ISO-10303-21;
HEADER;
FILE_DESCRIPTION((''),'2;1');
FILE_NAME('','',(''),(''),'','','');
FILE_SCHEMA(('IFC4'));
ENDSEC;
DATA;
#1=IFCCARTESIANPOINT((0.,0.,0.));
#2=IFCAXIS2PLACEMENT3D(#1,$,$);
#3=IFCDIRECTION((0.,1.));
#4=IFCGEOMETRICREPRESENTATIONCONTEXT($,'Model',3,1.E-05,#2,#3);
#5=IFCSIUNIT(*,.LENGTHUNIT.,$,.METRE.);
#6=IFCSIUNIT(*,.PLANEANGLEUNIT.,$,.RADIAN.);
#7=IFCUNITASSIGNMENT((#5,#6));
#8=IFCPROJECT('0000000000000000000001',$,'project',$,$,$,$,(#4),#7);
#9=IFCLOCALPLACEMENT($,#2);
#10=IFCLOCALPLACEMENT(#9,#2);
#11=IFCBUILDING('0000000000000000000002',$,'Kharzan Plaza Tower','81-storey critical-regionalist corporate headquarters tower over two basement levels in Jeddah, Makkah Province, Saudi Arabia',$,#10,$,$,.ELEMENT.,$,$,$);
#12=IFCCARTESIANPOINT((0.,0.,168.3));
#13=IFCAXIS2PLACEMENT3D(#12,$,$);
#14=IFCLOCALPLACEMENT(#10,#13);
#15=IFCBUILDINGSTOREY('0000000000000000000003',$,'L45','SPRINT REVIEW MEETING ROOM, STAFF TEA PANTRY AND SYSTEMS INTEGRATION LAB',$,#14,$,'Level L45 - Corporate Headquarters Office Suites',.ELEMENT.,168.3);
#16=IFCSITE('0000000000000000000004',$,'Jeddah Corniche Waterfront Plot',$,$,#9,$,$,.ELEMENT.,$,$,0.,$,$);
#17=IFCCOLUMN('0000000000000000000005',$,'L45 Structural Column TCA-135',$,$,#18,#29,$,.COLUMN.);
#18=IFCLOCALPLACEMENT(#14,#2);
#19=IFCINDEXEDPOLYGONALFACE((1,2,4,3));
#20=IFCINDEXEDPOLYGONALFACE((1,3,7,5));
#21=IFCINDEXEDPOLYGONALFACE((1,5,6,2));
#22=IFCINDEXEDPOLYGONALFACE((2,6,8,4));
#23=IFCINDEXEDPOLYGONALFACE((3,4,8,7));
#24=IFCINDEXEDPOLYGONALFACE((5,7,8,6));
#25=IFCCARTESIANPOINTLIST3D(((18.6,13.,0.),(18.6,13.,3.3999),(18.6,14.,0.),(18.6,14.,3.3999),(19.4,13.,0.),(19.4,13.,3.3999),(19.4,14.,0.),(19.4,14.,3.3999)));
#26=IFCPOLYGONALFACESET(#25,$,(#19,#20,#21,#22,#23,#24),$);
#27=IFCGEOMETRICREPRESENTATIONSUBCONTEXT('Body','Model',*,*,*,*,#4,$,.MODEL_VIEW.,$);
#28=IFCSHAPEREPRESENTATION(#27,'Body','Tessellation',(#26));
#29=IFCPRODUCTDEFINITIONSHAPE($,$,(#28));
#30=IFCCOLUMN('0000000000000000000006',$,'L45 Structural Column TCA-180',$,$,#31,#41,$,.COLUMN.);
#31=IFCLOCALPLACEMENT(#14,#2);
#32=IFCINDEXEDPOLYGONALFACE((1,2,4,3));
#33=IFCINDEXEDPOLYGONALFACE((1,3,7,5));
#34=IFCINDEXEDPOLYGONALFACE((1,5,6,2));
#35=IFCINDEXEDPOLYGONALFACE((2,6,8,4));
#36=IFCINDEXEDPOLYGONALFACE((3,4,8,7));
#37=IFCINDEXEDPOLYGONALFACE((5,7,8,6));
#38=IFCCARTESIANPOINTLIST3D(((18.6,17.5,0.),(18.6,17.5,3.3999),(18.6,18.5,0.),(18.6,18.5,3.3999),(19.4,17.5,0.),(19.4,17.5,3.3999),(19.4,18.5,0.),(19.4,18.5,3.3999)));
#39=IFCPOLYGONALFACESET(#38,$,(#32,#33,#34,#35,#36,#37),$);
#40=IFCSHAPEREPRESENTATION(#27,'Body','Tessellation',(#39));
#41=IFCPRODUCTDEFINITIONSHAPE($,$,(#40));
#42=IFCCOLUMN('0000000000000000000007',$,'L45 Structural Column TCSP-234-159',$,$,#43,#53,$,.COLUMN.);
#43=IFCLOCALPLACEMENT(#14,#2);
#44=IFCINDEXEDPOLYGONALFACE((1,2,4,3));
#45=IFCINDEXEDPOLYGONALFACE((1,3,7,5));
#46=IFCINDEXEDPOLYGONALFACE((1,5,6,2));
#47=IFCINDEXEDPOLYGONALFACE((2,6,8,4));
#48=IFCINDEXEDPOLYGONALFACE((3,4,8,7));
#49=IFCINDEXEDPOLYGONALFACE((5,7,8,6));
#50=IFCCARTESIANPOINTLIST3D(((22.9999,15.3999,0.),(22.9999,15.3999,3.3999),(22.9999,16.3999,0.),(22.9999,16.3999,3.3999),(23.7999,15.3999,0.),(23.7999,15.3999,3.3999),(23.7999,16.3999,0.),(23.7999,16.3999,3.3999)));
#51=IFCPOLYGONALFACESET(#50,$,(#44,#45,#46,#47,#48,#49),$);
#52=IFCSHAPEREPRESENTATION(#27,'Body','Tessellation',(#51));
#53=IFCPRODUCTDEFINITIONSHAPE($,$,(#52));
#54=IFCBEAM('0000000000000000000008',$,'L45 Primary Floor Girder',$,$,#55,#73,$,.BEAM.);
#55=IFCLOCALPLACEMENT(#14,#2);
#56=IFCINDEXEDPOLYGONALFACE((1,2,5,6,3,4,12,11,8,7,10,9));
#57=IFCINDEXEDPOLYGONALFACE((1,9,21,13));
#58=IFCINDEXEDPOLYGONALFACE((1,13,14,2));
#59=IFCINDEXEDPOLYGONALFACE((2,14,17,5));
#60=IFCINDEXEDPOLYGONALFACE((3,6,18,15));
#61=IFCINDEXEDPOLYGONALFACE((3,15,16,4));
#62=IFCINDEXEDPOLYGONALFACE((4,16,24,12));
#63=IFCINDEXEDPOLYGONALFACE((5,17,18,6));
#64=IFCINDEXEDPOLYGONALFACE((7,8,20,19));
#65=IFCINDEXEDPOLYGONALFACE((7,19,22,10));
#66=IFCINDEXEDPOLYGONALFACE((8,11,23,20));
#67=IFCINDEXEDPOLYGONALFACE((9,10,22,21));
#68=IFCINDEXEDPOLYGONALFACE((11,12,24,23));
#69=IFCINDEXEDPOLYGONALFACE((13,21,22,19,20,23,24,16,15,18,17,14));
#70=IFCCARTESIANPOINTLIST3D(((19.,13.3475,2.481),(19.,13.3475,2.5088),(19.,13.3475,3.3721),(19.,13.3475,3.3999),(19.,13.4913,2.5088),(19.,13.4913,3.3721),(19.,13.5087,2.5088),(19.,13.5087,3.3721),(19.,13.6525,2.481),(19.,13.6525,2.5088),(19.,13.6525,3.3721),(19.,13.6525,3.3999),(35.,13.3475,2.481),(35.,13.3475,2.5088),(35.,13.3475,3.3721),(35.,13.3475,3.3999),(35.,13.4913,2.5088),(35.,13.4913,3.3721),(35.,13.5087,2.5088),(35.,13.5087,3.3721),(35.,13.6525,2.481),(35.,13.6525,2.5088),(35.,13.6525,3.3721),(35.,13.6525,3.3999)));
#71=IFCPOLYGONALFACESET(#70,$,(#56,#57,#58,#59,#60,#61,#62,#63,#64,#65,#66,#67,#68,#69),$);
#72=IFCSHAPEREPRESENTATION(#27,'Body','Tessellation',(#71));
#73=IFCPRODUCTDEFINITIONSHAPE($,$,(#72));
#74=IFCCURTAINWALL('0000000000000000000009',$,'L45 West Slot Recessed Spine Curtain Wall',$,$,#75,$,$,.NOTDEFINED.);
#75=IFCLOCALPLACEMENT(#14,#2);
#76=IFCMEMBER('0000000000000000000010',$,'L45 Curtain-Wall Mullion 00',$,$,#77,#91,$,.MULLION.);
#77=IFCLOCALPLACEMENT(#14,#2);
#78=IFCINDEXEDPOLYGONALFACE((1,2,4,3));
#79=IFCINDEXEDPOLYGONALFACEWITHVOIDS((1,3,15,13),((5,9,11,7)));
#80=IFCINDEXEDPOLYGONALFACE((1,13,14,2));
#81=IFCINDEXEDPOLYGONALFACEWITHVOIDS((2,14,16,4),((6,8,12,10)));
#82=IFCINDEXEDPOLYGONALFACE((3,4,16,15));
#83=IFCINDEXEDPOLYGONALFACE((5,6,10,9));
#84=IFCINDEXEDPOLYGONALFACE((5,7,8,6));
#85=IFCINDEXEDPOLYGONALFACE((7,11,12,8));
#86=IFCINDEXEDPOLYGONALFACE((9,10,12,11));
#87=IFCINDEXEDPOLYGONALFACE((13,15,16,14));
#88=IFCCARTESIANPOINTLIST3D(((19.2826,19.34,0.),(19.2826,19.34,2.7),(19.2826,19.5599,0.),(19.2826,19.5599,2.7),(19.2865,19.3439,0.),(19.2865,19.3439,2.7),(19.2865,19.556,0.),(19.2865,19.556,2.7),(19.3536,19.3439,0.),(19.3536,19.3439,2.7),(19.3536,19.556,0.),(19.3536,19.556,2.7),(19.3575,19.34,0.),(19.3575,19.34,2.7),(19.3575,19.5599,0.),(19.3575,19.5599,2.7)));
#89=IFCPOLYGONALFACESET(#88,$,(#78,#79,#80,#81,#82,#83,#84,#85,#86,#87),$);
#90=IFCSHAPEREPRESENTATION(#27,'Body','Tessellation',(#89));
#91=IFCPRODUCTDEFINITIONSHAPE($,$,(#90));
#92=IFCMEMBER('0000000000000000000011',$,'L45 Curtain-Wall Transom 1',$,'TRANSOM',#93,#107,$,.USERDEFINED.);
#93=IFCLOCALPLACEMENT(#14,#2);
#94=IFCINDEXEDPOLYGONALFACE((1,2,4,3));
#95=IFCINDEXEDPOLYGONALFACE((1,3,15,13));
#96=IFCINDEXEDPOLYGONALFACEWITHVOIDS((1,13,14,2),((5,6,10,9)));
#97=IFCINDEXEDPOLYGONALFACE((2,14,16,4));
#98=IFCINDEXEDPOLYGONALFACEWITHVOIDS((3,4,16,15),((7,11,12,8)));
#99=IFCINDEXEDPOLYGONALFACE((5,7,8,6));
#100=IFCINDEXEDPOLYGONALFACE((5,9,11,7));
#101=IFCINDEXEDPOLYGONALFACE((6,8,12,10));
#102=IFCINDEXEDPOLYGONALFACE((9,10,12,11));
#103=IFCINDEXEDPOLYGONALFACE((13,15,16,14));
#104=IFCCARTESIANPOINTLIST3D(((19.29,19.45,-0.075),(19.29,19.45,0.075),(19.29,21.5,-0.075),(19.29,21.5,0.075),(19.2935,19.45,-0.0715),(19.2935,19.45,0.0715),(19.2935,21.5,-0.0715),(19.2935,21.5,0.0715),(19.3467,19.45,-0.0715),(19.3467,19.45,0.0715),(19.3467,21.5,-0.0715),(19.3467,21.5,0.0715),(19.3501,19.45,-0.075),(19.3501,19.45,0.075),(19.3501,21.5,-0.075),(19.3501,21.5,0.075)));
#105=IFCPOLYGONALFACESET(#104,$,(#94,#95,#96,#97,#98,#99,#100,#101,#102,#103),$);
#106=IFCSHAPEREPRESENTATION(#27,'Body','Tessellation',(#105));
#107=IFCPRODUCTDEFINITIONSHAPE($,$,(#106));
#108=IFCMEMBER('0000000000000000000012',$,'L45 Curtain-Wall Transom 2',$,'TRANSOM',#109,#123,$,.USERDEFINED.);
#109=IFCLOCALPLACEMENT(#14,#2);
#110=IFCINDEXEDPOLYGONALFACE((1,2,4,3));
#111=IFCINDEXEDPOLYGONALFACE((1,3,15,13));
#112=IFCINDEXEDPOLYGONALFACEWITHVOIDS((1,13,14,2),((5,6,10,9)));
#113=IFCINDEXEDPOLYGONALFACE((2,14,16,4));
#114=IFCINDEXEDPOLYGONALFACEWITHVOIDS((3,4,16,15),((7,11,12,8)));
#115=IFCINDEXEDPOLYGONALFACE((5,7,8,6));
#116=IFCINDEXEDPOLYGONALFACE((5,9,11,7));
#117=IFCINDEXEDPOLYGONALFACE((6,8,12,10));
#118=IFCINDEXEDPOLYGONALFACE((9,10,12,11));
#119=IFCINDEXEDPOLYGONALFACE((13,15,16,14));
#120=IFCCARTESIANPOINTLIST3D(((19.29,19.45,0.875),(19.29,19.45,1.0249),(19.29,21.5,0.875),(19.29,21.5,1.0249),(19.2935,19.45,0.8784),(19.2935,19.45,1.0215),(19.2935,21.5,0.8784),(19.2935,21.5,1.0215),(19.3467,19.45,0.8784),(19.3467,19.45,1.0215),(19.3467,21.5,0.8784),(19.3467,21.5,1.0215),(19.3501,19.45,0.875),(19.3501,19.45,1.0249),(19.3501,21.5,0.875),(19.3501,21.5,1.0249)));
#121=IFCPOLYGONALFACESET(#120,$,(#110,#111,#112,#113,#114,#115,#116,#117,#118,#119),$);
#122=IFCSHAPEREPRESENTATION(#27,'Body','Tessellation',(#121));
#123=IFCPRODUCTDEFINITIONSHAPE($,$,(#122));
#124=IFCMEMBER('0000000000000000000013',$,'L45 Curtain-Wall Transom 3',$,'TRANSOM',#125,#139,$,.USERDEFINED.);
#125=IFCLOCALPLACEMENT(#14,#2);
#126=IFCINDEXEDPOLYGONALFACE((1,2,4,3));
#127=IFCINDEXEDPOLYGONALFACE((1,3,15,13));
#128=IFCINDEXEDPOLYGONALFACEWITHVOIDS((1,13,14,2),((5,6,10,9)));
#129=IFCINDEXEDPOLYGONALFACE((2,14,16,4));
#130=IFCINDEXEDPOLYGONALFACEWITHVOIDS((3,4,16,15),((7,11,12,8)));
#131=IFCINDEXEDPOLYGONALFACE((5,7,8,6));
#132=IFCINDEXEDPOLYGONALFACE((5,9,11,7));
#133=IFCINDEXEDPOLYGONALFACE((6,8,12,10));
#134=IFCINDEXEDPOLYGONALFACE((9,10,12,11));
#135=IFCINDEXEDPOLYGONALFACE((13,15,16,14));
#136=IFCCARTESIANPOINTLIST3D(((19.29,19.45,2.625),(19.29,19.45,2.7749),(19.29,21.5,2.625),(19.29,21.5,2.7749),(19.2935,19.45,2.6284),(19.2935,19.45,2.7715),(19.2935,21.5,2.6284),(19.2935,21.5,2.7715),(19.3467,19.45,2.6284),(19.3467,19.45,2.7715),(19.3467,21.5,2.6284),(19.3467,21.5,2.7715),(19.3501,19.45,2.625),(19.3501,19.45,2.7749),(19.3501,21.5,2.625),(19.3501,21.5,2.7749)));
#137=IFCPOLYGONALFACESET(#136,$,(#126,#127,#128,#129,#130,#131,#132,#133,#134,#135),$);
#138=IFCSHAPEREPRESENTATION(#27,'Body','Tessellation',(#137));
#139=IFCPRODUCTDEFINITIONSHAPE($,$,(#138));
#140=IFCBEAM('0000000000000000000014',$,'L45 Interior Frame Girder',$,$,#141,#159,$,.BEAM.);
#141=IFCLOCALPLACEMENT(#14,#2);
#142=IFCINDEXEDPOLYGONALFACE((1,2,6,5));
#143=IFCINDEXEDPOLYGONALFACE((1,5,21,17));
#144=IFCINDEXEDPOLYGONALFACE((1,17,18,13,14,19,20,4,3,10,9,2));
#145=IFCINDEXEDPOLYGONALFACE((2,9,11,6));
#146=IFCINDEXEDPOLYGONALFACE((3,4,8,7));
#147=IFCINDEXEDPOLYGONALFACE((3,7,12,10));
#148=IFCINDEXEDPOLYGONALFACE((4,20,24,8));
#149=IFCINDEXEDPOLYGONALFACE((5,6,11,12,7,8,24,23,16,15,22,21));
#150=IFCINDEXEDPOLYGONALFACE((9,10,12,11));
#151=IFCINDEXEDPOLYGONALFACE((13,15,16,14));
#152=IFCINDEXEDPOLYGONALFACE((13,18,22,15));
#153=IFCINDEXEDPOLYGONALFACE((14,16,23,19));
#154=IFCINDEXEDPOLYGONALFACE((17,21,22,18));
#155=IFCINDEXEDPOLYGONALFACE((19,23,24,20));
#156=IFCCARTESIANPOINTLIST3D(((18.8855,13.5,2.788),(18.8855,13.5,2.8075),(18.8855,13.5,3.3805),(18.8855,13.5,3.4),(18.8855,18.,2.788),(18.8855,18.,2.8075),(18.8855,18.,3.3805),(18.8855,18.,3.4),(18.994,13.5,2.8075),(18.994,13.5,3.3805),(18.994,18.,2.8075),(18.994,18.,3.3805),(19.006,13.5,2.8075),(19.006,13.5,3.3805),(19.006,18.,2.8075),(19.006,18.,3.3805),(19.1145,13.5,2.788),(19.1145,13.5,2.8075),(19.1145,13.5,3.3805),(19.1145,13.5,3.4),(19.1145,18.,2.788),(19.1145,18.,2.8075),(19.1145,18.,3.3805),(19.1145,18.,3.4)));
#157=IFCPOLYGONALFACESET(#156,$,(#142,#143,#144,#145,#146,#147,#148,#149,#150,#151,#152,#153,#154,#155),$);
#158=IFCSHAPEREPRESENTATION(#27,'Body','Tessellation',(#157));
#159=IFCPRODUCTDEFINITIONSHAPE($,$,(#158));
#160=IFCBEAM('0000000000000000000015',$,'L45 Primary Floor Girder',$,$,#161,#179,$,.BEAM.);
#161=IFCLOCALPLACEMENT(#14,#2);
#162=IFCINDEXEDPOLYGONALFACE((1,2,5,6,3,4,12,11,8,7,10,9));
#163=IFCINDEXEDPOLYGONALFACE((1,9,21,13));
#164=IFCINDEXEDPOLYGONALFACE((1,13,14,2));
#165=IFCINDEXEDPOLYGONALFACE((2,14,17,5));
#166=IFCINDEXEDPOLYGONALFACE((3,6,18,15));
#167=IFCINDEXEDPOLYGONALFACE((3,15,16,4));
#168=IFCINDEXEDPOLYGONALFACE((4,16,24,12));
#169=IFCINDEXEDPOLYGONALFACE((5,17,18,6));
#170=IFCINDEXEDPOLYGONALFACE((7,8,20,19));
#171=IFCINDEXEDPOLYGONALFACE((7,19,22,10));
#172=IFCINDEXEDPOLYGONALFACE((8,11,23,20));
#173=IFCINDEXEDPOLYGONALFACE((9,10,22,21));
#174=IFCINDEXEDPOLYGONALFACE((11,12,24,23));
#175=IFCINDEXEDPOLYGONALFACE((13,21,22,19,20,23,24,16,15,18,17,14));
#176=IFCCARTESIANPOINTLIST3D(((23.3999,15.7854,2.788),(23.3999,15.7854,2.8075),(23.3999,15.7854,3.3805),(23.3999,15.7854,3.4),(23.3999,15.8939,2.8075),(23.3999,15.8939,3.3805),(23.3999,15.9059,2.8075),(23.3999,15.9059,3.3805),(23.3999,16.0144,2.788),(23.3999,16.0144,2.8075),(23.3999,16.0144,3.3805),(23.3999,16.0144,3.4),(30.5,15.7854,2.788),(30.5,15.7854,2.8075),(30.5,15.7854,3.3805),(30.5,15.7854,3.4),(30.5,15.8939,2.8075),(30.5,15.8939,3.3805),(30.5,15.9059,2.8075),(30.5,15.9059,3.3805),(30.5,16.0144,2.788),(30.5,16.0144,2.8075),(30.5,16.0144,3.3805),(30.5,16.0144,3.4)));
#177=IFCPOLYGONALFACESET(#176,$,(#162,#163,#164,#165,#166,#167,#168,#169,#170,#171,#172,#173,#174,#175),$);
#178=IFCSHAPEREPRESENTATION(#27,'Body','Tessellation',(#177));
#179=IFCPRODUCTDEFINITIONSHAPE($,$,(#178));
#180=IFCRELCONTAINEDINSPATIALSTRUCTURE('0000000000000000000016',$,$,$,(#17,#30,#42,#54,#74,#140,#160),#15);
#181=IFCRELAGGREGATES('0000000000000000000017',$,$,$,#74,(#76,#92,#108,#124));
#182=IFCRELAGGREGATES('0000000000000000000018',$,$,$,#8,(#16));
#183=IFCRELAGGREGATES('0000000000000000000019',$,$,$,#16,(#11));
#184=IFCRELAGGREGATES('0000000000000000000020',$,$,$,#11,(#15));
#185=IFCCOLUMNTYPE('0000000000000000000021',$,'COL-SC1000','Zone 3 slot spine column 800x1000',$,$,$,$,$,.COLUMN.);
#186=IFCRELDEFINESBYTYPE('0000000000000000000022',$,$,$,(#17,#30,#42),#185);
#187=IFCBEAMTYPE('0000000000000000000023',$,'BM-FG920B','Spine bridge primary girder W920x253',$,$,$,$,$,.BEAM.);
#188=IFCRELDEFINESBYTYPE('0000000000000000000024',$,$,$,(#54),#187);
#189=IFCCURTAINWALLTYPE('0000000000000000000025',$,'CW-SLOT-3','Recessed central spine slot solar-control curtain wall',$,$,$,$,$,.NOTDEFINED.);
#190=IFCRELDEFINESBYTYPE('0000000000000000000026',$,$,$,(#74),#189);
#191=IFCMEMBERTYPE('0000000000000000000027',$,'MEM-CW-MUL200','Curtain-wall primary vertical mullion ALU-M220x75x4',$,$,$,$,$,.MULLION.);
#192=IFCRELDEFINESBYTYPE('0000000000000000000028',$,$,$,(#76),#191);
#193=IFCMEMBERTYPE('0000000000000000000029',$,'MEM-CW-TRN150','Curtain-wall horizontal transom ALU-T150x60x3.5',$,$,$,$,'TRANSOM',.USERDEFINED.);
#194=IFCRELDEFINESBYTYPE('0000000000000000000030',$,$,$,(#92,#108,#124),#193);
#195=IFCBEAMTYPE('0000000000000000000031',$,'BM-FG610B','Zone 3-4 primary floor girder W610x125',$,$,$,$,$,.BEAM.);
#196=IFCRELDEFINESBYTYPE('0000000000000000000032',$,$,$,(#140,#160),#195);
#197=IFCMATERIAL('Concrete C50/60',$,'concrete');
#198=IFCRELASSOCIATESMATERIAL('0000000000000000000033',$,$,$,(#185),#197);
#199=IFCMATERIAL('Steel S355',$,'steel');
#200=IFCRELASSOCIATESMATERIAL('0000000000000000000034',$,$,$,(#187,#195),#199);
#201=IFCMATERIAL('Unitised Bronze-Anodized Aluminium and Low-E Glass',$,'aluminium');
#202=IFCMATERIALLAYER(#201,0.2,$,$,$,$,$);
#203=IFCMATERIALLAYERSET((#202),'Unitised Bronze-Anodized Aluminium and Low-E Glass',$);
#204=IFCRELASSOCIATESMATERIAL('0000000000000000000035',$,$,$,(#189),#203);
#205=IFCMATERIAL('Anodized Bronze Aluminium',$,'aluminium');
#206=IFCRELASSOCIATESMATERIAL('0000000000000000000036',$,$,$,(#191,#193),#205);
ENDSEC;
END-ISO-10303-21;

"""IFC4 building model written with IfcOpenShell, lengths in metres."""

from ifc_helpers import new_model, si_unit, direction, frame, origin, origin_2d, place, context, subcontext, project, spatial, rectangle, hollow_rectangle, i_section, extrude, source, transform, mapped, material, layer, layer_set, material_profile, profile_set, type_object, element, aggregate, save


model = new_model("IFC4")

# Units and contexts
model_context = context("Model", 3, precision=1e-05, world=origin(), true_north=direction((0.0, 1.0)))
body_context = subcontext(model_context, "Body", "Model", "MODEL_VIEW")
ifc_project = project(units=[si_unit("LENGTHUNIT", "METRE"), si_unit("PLANEANGLEUNIT", "RADIAN")], contexts=[model_context])

# Site, building, storey
site_placement = place(None, origin())
site = spatial("IfcSite", under=ifc_project, at=site_placement, Name="Jeddah Corniche Waterfront Plot", CompositionType="ELEMENT", RefElevation=0.0)
building_placement = place(site_placement, origin())
building = spatial("IfcBuilding", under=site, at=building_placement, Name="Kharzan Plaza Tower", Description="81-storey critical-regionalist corporate headquarters tower over two basement levels in Jeddah, Makkah Province, Saudi Arabia", CompositionType="ELEMENT")
storey_placement = place(building_placement, frame((0.0, 0.0, 168.3)))
storey = spatial("IfcBuildingStorey", under=building, at=storey_placement, Name="L45", Description="SPRINT REVIEW MEETING ROOM, STAFF TEA PANTRY AND SYSTEMS INTEGRATION LAB", LongName="Level L45 - Corporate Headquarters Office Suites", CompositionType="ELEMENT", Elevation=168.3)

# Columns
ifc_material_1 = material(Name="Concrete C50/60", Category="concrete")
ifc_material_profile_1 = material_profile(ifc_material_1, rectangle(XDim=0.8, YDim=1.0, at=origin_2d()), Name="RC-SC1000x800")
ifc_profile_set_1 = profile_set([ifc_material_profile_1], Name="Concrete C50/60")
column_type = type_object("IfcColumnType", Name="COL-SC1000", Description="Zone 3 slot spine column 800x1000", PredefinedType="COLUMN", material=ifc_profile_set_1)
shared_shape_1 = source(origin(), body_context, "Body", "SweptSolid", [
    extrude(rectangle(XDim=0.8, YDim=1.0, at=origin_2d()), origin(), (0.0, 0.0, 1.0), 3.3999),
])
for number, where, z_axis, x_axis, name in (
    (1, (19.0, 13.5, 0.0), (0.0, 0.0, 1.0), (1.0, 0.0, 0.0), "L45 Structural Column TCA-135"),
    (2, (19.0, 18.0, 0.0), (0.0, 0.0, 1.0), (1.0, 0.0, 0.0), "L45 Structural Column TCA-180"),
    (3, (23.3999, 15.8999, 0.0), (0.0, 0.0, 1.0), (1.0, 0.0, 0.0), "L45 Structural Column TCSP-234-159"),
):
    element("IfcColumn", number, at=place(storey_placement, frame(where, z_axis=z_axis, x_axis=x_axis)), inside=storey, type_object=column_type, Name=name, PredefinedType="COLUMN", context=body_context, shape_type="MappedRepresentation", body=[
        mapped(shared_shape_1, transform((0.0, 0.0, 0.0), x_axis=(1.0, 0.0, 0.0), y_axis=(0.0, 1.0, 0.0), z_axis=(0.0, 0.0, 1.0))),
    ])

# Beam
ifc_material_2 = material(Name="Steel S355", Category="steel")
ifc_material_profile_2 = material_profile(ifc_material_2, i_section(OverallWidth=0.3049, OverallDepth=0.9189, WebThickness=0.0173, FlangeThickness=0.0278, at=origin_2d()), Name="W920x253")
ifc_profile_set_2 = profile_set([ifc_material_profile_2], Name="Steel S355")
beam_type_1 = type_object("IfcBeamType", Name="BM-FG920B", Description="Spine bridge primary girder W920x253", PredefinedType="BEAM", material=ifc_profile_set_2)
shared_shape_2 = source(origin(), body_context, "Body", "SweptSolid", [
    extrude(i_section(OverallWidth=0.3049, OverallDepth=0.9189, WebThickness=0.0173, FlangeThickness=0.0278, at=origin_2d()), origin(), (0.0, 0.0, 1.0), 16.0),
])
beam_1_placement = place(storey_placement, frame((19.0, 13.5, 2.9404), z_axis=(1.0, 0.0, 0.0), x_axis=(0.0, 1.0, 0.0)))
element("IfcBeam", 4, at=beam_1_placement, inside=storey, type_object=beam_type_1, Name="L45 Primary Floor Girder", PredefinedType="BEAM", context=body_context, shape_type="MappedRepresentation", body=[
    mapped(shared_shape_2, transform((0.0, 0.0, 0.0), x_axis=(1.0, 0.0, 0.0), y_axis=(0.0, 1.0, 0.0), z_axis=(0.0, 0.0, 1.0))),
])

# Curtain wall, members
ifc_material_3 = material(Name="Unitised Bronze-Anodized Aluminium and Low-E Glass", Category="aluminium")
ifc_layer_1 = layer(ifc_material_3, 0.2)
ifc_layer_set_1 = layer_set([ifc_layer_1], Name="Unitised Bronze-Anodized Aluminium and Low-E Glass")
curtain_wall_type = type_object("IfcCurtainWallType", Name="CW-SLOT-3", Description="Recessed central spine slot solar-control curtain wall", PredefinedType="NOTDEFINED", material=ifc_layer_set_1)
curtain_wall_placement = place(storey_placement, origin())
curtain_wall = element("IfcCurtainWall", 5, at=curtain_wall_placement, inside=storey, type_object=curtain_wall_type, Name="L45 West Slot Recessed Spine Curtain Wall", PredefinedType="NOTDEFINED")
ifc_material_4 = material(Name="Anodized Bronze Aluminium", Category="aluminium")
ifc_material_profile_3 = material_profile(ifc_material_4, hollow_rectangle(XDim=0.075, YDim=0.22, WallThickness=0.0039, at=origin_2d()), Name="ALU-M220x75x4")
ifc_profile_set_3 = profile_set([ifc_material_profile_3], Name="Anodized Bronze Aluminium")
member_type_1 = type_object("IfcMemberType", Name="MEM-CW-MUL200", Description="Curtain-wall primary vertical mullion ALU-M220x75x4", PredefinedType="MULLION", material=ifc_profile_set_3)
shared_shape_3 = source(origin(), body_context, "Body", "SweptSolid", [
    extrude(hollow_rectangle(XDim=0.075, YDim=0.22, WallThickness=0.0039, at=origin_2d()), origin(), (0.0, 0.0, 1.0), 2.7),
])
member_1_placement = place(storey_placement, frame((19.3201, 19.45, 0.0), z_axis=(0.0, 0.0, 1.0), x_axis=(1.0, 0.0, 0.0)))
member_1 = element("IfcMember", 6, at=member_1_placement, type_object=member_type_1, Name="L45 Curtain-Wall Mullion 00", PredefinedType="MULLION", context=body_context, shape_type="MappedRepresentation", body=[
    mapped(shared_shape_3, transform((0.0, 0.0, 0.0), x_axis=(1.0, 0.0, 0.0), y_axis=(0.0, 1.0, 0.0), z_axis=(0.0, 0.0, 1.0))),
])
ifc_material_profile_4 = material_profile(ifc_material_4, hollow_rectangle(XDim=0.0601, YDim=0.1499, WallThickness=0.0034, at=origin_2d()), Name="ALU-T150x60x3.5")
ifc_profile_set_4 = profile_set([ifc_material_profile_4], Name="Anodized Bronze Aluminium")
member_type_2 = type_object("IfcMemberType", Name="MEM-CW-TRN150", Description="Curtain-wall horizontal transom ALU-T150x60x3.5", ElementType="TRANSOM", PredefinedType="USERDEFINED", material=ifc_profile_set_4)
shared_shape_4 = source(origin(), body_context, "Body", "SweptSolid", [
    extrude(hollow_rectangle(XDim=0.0601, YDim=0.1499, WallThickness=0.0034, at=origin_2d()), origin(), (0.0, 0.0, 1.0), 2.05),
])
member_2_placement = place(storey_placement, frame((19.3201, 19.45, 0.0), z_axis=(0.0, 1.0, 0.0), x_axis=(-1.0, 0.0, 0.0)))
member_2 = element("IfcMember", 7, at=member_2_placement, type_object=member_type_2, Name="L45 Curtain-Wall Transom 1", ObjectType="TRANSOM", PredefinedType="USERDEFINED", context=body_context, shape_type="MappedRepresentation", body=[
    mapped(shared_shape_4, transform((0.0, 0.0, 0.0), x_axis=(1.0, 0.0, 0.0), y_axis=(0.0, 1.0, 0.0), z_axis=(0.0, 0.0, 1.0))),
])
member_3_placement = place(storey_placement, frame((19.3201, 19.45, 0.95), z_axis=(0.0, 1.0, 0.0), x_axis=(-1.0, 0.0, 0.0)))
member_3 = element("IfcMember", 8, at=member_3_placement, type_object=member_type_2, Name="L45 Curtain-Wall Transom 2", ObjectType="TRANSOM", PredefinedType="USERDEFINED", context=body_context, shape_type="MappedRepresentation", body=[
    mapped(shared_shape_4, transform((0.0, 0.0, 0.0), x_axis=(1.0, 0.0, 0.0), y_axis=(0.0, 1.0, 0.0), z_axis=(0.0, 0.0, 1.0))),
])
member_4_placement = place(storey_placement, frame((19.3201, 19.45, 2.7), z_axis=(0.0, 1.0, 0.0), x_axis=(-1.0, 0.0, 0.0)))
member_4 = element("IfcMember", 9, at=member_4_placement, type_object=member_type_2, Name="L45 Curtain-Wall Transom 3", ObjectType="TRANSOM", PredefinedType="USERDEFINED", context=body_context, shape_type="MappedRepresentation", body=[
    mapped(shared_shape_4, transform((0.0, 0.0, 0.0), x_axis=(1.0, 0.0, 0.0), y_axis=(0.0, 1.0, 0.0), z_axis=(0.0, 0.0, 1.0))),
])
aggregate(curtain_wall, [member_1, member_2, member_3, member_4])

# Beams
ifc_material_profile_5 = material_profile(ifc_material_2, i_section(OverallWidth=0.229, OverallDepth=0.6121, WebThickness=0.012, FlangeThickness=0.0195, at=origin_2d()), Name="W610x125")
ifc_profile_set_5 = profile_set([ifc_material_profile_5], Name="Steel S355")
beam_type_2 = type_object("IfcBeamType", Name="BM-FG610B", Description="Zone 3-4 primary floor girder W610x125", PredefinedType="BEAM", material=ifc_profile_set_5)
shared_shape_5 = source(origin(), body_context, "Body", "SweptSolid", [
    extrude(i_section(OverallWidth=0.229, OverallDepth=0.6121, WebThickness=0.012, FlangeThickness=0.0195, at=origin_2d()), origin(), (0.0, 0.0, 1.0), 4.5),
])
beam_2_placement = place(storey_placement, frame((19.0, 13.5, 3.094), z_axis=(0.0, 1.0, 0.0), x_axis=(-1.0, 0.0, 0.0)))
element("IfcBeam", 10, at=beam_2_placement, inside=storey, type_object=beam_type_2, Name="L45 Interior Frame Girder", PredefinedType="BEAM", context=body_context, shape_type="MappedRepresentation", body=[
    mapped(shared_shape_5, transform((0.0, 0.0, 0.0), x_axis=(1.0, 0.0, 0.0), y_axis=(0.0, 1.0, 0.0), z_axis=(0.0, 0.0, 1.0))),
])
shared_shape_6 = source(origin(), body_context, "Body", "SweptSolid", [
    extrude(i_section(OverallWidth=0.229, OverallDepth=0.6121, WebThickness=0.012, FlangeThickness=0.0195, at=origin_2d()), origin(), (0.0, 0.0, 1.0), 7.1001),
])
beam_3_placement = place(storey_placement, frame((23.3999, 15.8999, 3.094), z_axis=(1.0, 0.0, 0.0), x_axis=(0.0, 1.0, 0.0)))
element("IfcBeam", 11, at=beam_3_placement, inside=storey, type_object=beam_type_2, Name="L45 Primary Floor Girder", PredefinedType="BEAM", context=body_context, shape_type="MappedRepresentation", body=[
    mapped(shared_shape_6, transform((0.0, 0.0, 0.0), x_axis=(1.0, 0.0, 0.0), y_axis=(0.0, 1.0, 0.0), z_axis=(0.0, 0.0, 1.0))),
])

save(model, "model.ifc")
